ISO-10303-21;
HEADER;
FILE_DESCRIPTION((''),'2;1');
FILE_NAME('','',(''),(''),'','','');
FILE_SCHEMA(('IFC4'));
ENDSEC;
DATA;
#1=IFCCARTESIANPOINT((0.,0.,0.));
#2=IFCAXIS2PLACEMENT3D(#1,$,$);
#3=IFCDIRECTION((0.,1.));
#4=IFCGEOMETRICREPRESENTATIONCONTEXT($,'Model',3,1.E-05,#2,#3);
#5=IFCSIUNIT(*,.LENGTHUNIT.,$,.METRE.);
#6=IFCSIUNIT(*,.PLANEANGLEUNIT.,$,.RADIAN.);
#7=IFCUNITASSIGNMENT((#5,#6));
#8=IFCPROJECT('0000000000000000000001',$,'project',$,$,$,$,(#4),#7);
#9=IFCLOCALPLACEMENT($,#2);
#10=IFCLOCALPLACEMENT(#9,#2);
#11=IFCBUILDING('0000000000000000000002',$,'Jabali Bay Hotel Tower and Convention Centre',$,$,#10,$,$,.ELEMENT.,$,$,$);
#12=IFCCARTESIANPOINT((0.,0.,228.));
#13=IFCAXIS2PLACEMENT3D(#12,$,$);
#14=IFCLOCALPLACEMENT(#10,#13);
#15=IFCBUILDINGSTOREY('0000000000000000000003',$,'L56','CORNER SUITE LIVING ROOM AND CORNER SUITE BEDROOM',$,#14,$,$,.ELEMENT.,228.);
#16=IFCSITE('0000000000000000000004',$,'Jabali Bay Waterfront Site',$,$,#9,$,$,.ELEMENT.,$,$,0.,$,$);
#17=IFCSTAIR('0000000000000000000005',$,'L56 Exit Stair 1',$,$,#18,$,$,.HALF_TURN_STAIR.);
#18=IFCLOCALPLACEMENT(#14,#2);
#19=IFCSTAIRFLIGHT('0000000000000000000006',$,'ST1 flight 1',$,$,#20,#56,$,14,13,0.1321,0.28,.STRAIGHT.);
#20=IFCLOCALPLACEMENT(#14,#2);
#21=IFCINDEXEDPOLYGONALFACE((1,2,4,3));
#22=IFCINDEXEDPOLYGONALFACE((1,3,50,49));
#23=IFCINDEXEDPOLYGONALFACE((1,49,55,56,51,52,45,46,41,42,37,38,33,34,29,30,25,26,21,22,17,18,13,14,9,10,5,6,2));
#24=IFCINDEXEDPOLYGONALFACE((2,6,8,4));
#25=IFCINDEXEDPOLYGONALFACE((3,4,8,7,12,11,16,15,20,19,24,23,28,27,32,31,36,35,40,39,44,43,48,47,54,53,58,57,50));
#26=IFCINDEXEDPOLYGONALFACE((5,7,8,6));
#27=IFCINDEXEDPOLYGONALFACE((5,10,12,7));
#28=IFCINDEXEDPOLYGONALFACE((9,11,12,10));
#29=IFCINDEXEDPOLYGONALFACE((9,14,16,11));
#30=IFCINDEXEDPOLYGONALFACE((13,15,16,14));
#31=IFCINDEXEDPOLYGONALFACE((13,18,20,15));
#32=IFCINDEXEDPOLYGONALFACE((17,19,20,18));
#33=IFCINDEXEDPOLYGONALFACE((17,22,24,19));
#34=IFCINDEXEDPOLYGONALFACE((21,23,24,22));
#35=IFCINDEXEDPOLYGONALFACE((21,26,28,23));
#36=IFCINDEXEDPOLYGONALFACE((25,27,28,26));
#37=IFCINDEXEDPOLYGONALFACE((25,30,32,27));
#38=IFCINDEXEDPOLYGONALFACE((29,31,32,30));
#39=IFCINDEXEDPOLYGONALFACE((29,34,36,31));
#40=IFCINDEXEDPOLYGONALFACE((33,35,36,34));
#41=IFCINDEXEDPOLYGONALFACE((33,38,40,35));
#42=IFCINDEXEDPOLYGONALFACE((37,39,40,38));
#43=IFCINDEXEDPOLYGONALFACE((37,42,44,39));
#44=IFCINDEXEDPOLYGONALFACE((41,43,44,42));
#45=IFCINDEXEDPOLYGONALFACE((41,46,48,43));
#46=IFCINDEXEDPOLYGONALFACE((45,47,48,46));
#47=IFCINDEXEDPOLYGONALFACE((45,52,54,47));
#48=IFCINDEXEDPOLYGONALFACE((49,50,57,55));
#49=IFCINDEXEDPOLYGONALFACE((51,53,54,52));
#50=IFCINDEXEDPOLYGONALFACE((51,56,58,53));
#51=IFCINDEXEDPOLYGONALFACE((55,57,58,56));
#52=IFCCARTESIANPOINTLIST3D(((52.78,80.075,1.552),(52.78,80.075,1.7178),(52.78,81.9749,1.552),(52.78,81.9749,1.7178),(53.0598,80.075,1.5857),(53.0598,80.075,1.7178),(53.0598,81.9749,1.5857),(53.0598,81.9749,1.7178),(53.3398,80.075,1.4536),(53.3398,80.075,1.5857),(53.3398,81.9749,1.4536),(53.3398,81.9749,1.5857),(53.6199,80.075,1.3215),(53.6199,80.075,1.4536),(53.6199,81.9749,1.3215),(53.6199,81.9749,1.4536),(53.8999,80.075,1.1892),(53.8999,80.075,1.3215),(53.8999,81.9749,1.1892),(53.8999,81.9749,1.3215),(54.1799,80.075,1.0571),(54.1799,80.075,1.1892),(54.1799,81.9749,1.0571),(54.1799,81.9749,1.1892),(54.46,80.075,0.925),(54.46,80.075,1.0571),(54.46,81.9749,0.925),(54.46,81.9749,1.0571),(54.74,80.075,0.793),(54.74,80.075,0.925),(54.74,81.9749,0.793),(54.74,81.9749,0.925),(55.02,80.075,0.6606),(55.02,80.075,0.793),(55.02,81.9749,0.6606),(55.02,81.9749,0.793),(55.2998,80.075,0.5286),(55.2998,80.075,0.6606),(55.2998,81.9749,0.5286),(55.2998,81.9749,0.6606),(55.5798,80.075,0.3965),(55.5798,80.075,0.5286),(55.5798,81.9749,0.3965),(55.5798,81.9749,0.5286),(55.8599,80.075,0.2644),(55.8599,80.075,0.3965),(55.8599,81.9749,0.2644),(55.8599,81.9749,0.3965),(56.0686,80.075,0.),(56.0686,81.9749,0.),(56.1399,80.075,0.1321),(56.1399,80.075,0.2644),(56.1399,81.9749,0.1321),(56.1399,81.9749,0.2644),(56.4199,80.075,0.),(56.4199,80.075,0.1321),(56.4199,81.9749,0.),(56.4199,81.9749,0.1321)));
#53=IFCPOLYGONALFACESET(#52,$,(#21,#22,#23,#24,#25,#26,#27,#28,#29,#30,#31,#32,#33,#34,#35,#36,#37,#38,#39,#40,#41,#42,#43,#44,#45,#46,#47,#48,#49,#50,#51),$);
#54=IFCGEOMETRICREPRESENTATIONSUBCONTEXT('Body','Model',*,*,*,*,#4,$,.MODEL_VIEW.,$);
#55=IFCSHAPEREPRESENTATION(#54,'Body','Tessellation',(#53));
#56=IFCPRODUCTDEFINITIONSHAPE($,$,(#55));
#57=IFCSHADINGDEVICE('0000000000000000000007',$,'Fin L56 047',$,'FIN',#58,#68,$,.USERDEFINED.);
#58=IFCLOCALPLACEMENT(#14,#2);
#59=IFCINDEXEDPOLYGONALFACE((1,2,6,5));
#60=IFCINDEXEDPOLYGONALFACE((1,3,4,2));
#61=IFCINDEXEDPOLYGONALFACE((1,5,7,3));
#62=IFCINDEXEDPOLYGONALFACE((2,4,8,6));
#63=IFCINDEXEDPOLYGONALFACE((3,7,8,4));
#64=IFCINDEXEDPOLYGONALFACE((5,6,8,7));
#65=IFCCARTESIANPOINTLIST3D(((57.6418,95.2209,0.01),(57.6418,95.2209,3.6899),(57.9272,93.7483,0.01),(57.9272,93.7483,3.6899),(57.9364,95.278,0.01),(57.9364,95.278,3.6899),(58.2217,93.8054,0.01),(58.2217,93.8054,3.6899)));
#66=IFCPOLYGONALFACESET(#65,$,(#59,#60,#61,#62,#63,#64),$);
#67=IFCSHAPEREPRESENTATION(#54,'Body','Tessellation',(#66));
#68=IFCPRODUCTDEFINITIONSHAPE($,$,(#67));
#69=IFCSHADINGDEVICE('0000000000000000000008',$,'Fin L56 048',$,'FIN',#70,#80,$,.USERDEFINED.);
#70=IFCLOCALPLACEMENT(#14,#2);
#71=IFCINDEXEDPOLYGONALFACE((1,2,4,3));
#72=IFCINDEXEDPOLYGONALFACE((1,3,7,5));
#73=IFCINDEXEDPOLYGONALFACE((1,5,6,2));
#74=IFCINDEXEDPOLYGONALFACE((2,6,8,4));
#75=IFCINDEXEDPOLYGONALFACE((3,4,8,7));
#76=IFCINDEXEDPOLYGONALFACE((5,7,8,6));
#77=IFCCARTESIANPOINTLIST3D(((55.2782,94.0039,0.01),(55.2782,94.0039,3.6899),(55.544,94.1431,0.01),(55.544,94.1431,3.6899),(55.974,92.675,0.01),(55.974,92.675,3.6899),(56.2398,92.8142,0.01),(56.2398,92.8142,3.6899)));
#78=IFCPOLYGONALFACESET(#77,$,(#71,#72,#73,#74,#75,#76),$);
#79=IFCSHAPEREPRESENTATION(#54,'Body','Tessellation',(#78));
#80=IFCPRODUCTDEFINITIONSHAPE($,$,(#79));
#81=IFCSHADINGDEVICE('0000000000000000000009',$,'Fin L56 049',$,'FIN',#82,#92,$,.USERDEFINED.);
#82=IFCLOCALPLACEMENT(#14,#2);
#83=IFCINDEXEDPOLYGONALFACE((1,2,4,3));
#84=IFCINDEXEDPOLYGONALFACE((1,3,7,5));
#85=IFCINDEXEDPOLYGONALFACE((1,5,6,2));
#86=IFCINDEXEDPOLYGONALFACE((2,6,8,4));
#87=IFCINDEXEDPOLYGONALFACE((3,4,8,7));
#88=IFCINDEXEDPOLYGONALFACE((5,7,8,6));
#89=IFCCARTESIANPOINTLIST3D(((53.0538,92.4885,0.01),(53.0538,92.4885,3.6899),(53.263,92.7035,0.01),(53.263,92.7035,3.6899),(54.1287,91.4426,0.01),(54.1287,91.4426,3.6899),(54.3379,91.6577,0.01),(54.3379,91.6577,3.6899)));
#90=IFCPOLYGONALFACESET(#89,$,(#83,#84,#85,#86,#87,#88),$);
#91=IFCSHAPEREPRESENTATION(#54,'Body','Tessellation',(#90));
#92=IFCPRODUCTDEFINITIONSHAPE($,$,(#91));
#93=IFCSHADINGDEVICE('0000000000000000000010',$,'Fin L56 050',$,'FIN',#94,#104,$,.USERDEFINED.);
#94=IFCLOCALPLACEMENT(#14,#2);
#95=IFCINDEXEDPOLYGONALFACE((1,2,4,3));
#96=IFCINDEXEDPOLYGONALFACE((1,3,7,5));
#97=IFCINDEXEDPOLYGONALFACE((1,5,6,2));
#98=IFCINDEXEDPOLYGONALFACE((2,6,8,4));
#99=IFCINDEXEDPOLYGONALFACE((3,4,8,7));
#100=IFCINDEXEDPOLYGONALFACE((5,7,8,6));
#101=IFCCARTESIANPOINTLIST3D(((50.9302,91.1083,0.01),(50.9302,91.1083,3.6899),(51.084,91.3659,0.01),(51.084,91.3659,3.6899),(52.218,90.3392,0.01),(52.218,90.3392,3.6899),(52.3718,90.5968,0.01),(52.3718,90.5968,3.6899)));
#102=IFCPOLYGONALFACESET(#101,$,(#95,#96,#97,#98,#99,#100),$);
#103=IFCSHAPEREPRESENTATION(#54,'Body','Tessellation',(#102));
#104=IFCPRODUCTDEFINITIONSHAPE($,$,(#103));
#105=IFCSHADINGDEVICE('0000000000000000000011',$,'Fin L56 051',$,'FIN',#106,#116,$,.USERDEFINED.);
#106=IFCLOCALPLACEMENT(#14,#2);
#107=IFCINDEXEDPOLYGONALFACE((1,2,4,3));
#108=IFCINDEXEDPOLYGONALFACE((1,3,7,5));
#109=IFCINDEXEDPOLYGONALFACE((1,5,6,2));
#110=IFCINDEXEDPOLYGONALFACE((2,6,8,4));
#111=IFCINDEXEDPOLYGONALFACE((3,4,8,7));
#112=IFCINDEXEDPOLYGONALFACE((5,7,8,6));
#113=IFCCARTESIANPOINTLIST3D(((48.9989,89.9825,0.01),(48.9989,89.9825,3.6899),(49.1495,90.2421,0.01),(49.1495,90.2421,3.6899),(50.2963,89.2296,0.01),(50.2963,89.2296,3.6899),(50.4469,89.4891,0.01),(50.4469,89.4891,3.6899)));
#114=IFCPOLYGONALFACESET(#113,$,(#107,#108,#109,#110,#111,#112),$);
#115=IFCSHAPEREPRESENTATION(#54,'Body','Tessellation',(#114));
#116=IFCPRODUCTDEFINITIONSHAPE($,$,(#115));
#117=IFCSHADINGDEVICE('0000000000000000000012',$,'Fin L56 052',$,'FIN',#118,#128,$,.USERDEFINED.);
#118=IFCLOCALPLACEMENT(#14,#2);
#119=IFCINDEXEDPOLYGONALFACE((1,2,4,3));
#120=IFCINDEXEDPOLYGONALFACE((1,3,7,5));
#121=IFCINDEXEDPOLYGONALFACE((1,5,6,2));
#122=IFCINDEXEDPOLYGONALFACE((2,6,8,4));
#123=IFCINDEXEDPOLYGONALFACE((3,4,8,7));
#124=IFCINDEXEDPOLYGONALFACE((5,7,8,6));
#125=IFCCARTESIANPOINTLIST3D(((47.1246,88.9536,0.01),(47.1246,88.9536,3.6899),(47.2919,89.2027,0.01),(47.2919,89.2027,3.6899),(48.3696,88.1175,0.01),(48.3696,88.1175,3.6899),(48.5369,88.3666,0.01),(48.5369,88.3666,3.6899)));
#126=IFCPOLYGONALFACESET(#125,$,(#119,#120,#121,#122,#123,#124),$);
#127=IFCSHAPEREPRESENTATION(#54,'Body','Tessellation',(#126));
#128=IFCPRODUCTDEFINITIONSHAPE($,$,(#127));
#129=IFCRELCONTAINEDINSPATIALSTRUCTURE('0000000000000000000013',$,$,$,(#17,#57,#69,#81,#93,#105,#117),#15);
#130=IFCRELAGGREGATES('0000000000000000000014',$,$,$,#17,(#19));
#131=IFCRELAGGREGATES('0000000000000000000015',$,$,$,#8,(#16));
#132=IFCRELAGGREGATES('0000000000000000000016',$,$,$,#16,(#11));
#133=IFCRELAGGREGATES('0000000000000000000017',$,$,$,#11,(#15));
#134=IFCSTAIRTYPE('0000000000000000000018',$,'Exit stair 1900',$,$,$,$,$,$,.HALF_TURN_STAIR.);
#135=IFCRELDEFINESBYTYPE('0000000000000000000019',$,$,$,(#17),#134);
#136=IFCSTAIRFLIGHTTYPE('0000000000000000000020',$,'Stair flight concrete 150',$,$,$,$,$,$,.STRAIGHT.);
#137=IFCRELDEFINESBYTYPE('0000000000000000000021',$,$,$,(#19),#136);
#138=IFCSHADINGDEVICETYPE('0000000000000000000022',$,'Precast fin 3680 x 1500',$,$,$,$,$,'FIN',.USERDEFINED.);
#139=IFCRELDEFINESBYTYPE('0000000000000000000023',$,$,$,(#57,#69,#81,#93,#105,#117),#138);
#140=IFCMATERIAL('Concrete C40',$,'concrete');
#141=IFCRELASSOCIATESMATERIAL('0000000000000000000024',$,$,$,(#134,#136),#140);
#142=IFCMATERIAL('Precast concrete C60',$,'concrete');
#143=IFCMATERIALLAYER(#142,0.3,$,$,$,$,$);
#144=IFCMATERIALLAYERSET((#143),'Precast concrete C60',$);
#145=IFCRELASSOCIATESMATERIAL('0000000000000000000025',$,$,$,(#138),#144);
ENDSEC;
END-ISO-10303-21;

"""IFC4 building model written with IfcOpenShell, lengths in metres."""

from ifc_helpers import new_model, si_unit, direction, frame, frame_2d, origin, place, context, subcontext, project, spatial, polyline, rectangle, outline, extrude, material, layer, layer_set, type_object, element, aggregate, save


model = new_model("IFC4")

# Units and contexts
model_context = context("Model", 3, precision=1e-05, world=origin(), true_north=direction((0.0, 1.0)))
body_context = subcontext(model_context, "Body", "Model", "MODEL_VIEW")
ifc_project = project(units=[si_unit("LENGTHUNIT", "METRE"), si_unit("PLANEANGLEUNIT", "RADIAN")], contexts=[model_context])

# Site, building, storey
site_placement = place(None, origin())
site = spatial("IfcSite", under=ifc_project, at=site_placement, Name="Jabali Bay Waterfront Site", CompositionType="ELEMENT", RefElevation=0.0)
building_placement = place(site_placement, origin())
building = spatial("IfcBuilding", under=site, at=building_placement, Name="Jabali Bay Hotel Tower and Convention Centre", CompositionType="ELEMENT")
storey_placement = place(building_placement, frame((0.0, 0.0, 228.0)))
storey = spatial("IfcBuildingStorey", under=building, at=storey_placement, Name="L56", Description="CORNER SUITE LIVING ROOM AND CORNER SUITE BEDROOM", CompositionType="ELEMENT", Elevation=228.0)

# Shared definitions
ifc_material_1 = material(Name="Concrete C40", Category="concrete")

# Stair, stair flight
stair_type = type_object("IfcStairType", Name="Exit stair 1900", PredefinedType="HALF_TURN_STAIR", material=ifc_material_1)
stair_placement = place(storey_placement, origin())
stair = element("IfcStair", 1, at=stair_placement, inside=storey, type_object=stair_type, Name="L56 Exit Stair 1", PredefinedType="HALF_TURN_STAIR")
stair_flight_type = type_object("IfcStairFlightType", Name="Stair flight concrete 150", PredefinedType="STRAIGHT", material=ifc_material_1)
stair_flight_placement = place(storey_placement, frame((56.4199, 81.0249, 0.0), z_axis=(0.0, 0.0, 1.0), x_axis=(-1.0, 0.0, 0.0)))
stair_flight = element("IfcStairFlight", 2, at=stair_flight_placement, type_object=stair_flight_type, Name="ST1 flight 1", NumberOfRisers=14, NumberOfTreads=13, PredefinedType="STRAIGHT", RiserHeight=0.1321, TreadLength=0.28, context=body_context, shape_type="SweptSolid", body=[
    extrude(outline(polyline([(0.0, 0.0), (0.0, 0.1321), (0.28, 0.1321), (0.28, 0.2644), (0.5601, 0.2644), (0.5601, 0.3965), (0.8401, 0.3965), (0.8401, 0.5286), (1.1201, 0.5286), (1.1201, 0.6606), (1.3999, 0.6606), (1.3999, 0.793), (1.6799, 0.793), (1.6799, 0.925), (1.96, 0.925), (1.96, 1.0571), (2.24, 1.0571), (2.24, 1.1892), (2.52, 1.1892), (2.52, 1.3215), (2.8, 1.3215), (2.8, 1.4536), (3.0801, 1.4536), (3.0801, 1.5857), (3.3601, 1.5857), (3.3601, 1.7178), (3.6399, 1.7178), (3.6399, 1.8501), (3.6399, 1.552), (0.3513, 0.0), (0.0, 0.0)])), frame((0.0, 0.95, 0.0), z_axis=(0.0, -1.0, 0.0), x_axis=(1.0, 0.0, 0.0)), (0.0, 0.0, 1.0), 1.8999),
])
aggregate(stair, [stair_flight])

# Shading devices
ifc_material_2 = material(Name="Precast concrete C60", Category="concrete")
ifc_layer_1 = layer(ifc_material_2, 0.3)
ifc_layer_set_1 = layer_set([ifc_layer_1], Name="Precast concrete C60")
shading_device_type = type_object("IfcShadingDeviceType", Name="Precast fin 3680 x 1500", ElementType="FIN", PredefinedType="USERDEFINED", material=ifc_layer_set_1)
for number, where, z_axis, x_axis, name in (
    (3, (58.0745, 93.7769, 0.01), (0.0, 0.0, 1.0), (-0.19026, 0.981734, 0.0), "Fin L56 047"),
    (4, (56.1069, 92.7446, 0.01), (0.0, 0.0, 1.0), (-0.463867, 0.885905, 0.0), "Fin L56 048"),
):
    element("IfcShadingDevice", number, at=place(storey_placement, frame(where, z_axis=z_axis, x_axis=x_axis)), inside=storey, type_object=shading_device_type, Name=name, ObjectType="FIN", PredefinedType="USERDEFINED", context=body_context, shape_type="SweptSolid", body=[
        extrude(rectangle(XDim=1.5, YDim=0.3, at=frame_2d((0.75, 0.0))), origin(), (0.0, 0.0, 1.0), 3.6799),
    ])
shading_device_1_placement = place(storey_placement, frame((54.2334, 91.55, 0.01), z_axis=(0.0, 0.0, 1.0), x_axis=(-0.716726, 0.697355, 0.0)))
element("IfcShadingDevice", 5, at=shading_device_1_placement, inside=storey, type_object=shading_device_type, Name="Fin L56 049", ObjectType="FIN", PredefinedType="USERDEFINED", context=body_context, shape_type="SweptSolid", body=[
    extrude(rectangle(XDim=1.4998, YDim=0.3, at=frame_2d((0.75, 0.0))), origin(), (0.0, 0.0, 1.0), 3.6799),
])
for number, where, z_axis, x_axis, name in (
    (6, (52.2949, 90.468, 0.01), (0.0, 0.0, 1.0), (-0.858568, 0.512699, 0.0), "Fin L56 050"),
    (7, (50.3716, 89.3594, 0.01), (0.0, 0.0, 1.0), (-0.864898, 0.501947, 0.0), "Fin L56 051"),
):
    element("IfcShadingDevice", number, at=place(storey_placement, frame(where, z_axis=z_axis, x_axis=x_axis)), inside=storey, type_object=shading_device_type, Name=name, ObjectType="FIN", PredefinedType="USERDEFINED", context=body_context, shape_type="SweptSolid", body=[
        extrude(rectangle(XDim=1.5, YDim=0.3, at=frame_2d((0.75, 0.0))), origin(), (0.0, 0.0, 1.0), 3.6799),
    ])
shading_device_2_placement = place(storey_placement, frame((48.4534, 88.2419, 0.01), z_axis=(0.0, 0.0, 1.0), x_axis=(-0.830167, 0.557514, 0.0)))
element("IfcShadingDevice", 8, at=shading_device_2_placement, inside=storey, type_object=shading_device_type, Name="Fin L56 052", ObjectType="FIN", PredefinedType="USERDEFINED", context=body_context, shape_type="SweptSolid", body=[
    extrude(rectangle(XDim=1.4998, YDim=0.3, at=frame_2d((0.75, 0.0))), origin(), (0.0, 0.0, 1.0), 3.6799),
])

save(model, "model.ifc")
